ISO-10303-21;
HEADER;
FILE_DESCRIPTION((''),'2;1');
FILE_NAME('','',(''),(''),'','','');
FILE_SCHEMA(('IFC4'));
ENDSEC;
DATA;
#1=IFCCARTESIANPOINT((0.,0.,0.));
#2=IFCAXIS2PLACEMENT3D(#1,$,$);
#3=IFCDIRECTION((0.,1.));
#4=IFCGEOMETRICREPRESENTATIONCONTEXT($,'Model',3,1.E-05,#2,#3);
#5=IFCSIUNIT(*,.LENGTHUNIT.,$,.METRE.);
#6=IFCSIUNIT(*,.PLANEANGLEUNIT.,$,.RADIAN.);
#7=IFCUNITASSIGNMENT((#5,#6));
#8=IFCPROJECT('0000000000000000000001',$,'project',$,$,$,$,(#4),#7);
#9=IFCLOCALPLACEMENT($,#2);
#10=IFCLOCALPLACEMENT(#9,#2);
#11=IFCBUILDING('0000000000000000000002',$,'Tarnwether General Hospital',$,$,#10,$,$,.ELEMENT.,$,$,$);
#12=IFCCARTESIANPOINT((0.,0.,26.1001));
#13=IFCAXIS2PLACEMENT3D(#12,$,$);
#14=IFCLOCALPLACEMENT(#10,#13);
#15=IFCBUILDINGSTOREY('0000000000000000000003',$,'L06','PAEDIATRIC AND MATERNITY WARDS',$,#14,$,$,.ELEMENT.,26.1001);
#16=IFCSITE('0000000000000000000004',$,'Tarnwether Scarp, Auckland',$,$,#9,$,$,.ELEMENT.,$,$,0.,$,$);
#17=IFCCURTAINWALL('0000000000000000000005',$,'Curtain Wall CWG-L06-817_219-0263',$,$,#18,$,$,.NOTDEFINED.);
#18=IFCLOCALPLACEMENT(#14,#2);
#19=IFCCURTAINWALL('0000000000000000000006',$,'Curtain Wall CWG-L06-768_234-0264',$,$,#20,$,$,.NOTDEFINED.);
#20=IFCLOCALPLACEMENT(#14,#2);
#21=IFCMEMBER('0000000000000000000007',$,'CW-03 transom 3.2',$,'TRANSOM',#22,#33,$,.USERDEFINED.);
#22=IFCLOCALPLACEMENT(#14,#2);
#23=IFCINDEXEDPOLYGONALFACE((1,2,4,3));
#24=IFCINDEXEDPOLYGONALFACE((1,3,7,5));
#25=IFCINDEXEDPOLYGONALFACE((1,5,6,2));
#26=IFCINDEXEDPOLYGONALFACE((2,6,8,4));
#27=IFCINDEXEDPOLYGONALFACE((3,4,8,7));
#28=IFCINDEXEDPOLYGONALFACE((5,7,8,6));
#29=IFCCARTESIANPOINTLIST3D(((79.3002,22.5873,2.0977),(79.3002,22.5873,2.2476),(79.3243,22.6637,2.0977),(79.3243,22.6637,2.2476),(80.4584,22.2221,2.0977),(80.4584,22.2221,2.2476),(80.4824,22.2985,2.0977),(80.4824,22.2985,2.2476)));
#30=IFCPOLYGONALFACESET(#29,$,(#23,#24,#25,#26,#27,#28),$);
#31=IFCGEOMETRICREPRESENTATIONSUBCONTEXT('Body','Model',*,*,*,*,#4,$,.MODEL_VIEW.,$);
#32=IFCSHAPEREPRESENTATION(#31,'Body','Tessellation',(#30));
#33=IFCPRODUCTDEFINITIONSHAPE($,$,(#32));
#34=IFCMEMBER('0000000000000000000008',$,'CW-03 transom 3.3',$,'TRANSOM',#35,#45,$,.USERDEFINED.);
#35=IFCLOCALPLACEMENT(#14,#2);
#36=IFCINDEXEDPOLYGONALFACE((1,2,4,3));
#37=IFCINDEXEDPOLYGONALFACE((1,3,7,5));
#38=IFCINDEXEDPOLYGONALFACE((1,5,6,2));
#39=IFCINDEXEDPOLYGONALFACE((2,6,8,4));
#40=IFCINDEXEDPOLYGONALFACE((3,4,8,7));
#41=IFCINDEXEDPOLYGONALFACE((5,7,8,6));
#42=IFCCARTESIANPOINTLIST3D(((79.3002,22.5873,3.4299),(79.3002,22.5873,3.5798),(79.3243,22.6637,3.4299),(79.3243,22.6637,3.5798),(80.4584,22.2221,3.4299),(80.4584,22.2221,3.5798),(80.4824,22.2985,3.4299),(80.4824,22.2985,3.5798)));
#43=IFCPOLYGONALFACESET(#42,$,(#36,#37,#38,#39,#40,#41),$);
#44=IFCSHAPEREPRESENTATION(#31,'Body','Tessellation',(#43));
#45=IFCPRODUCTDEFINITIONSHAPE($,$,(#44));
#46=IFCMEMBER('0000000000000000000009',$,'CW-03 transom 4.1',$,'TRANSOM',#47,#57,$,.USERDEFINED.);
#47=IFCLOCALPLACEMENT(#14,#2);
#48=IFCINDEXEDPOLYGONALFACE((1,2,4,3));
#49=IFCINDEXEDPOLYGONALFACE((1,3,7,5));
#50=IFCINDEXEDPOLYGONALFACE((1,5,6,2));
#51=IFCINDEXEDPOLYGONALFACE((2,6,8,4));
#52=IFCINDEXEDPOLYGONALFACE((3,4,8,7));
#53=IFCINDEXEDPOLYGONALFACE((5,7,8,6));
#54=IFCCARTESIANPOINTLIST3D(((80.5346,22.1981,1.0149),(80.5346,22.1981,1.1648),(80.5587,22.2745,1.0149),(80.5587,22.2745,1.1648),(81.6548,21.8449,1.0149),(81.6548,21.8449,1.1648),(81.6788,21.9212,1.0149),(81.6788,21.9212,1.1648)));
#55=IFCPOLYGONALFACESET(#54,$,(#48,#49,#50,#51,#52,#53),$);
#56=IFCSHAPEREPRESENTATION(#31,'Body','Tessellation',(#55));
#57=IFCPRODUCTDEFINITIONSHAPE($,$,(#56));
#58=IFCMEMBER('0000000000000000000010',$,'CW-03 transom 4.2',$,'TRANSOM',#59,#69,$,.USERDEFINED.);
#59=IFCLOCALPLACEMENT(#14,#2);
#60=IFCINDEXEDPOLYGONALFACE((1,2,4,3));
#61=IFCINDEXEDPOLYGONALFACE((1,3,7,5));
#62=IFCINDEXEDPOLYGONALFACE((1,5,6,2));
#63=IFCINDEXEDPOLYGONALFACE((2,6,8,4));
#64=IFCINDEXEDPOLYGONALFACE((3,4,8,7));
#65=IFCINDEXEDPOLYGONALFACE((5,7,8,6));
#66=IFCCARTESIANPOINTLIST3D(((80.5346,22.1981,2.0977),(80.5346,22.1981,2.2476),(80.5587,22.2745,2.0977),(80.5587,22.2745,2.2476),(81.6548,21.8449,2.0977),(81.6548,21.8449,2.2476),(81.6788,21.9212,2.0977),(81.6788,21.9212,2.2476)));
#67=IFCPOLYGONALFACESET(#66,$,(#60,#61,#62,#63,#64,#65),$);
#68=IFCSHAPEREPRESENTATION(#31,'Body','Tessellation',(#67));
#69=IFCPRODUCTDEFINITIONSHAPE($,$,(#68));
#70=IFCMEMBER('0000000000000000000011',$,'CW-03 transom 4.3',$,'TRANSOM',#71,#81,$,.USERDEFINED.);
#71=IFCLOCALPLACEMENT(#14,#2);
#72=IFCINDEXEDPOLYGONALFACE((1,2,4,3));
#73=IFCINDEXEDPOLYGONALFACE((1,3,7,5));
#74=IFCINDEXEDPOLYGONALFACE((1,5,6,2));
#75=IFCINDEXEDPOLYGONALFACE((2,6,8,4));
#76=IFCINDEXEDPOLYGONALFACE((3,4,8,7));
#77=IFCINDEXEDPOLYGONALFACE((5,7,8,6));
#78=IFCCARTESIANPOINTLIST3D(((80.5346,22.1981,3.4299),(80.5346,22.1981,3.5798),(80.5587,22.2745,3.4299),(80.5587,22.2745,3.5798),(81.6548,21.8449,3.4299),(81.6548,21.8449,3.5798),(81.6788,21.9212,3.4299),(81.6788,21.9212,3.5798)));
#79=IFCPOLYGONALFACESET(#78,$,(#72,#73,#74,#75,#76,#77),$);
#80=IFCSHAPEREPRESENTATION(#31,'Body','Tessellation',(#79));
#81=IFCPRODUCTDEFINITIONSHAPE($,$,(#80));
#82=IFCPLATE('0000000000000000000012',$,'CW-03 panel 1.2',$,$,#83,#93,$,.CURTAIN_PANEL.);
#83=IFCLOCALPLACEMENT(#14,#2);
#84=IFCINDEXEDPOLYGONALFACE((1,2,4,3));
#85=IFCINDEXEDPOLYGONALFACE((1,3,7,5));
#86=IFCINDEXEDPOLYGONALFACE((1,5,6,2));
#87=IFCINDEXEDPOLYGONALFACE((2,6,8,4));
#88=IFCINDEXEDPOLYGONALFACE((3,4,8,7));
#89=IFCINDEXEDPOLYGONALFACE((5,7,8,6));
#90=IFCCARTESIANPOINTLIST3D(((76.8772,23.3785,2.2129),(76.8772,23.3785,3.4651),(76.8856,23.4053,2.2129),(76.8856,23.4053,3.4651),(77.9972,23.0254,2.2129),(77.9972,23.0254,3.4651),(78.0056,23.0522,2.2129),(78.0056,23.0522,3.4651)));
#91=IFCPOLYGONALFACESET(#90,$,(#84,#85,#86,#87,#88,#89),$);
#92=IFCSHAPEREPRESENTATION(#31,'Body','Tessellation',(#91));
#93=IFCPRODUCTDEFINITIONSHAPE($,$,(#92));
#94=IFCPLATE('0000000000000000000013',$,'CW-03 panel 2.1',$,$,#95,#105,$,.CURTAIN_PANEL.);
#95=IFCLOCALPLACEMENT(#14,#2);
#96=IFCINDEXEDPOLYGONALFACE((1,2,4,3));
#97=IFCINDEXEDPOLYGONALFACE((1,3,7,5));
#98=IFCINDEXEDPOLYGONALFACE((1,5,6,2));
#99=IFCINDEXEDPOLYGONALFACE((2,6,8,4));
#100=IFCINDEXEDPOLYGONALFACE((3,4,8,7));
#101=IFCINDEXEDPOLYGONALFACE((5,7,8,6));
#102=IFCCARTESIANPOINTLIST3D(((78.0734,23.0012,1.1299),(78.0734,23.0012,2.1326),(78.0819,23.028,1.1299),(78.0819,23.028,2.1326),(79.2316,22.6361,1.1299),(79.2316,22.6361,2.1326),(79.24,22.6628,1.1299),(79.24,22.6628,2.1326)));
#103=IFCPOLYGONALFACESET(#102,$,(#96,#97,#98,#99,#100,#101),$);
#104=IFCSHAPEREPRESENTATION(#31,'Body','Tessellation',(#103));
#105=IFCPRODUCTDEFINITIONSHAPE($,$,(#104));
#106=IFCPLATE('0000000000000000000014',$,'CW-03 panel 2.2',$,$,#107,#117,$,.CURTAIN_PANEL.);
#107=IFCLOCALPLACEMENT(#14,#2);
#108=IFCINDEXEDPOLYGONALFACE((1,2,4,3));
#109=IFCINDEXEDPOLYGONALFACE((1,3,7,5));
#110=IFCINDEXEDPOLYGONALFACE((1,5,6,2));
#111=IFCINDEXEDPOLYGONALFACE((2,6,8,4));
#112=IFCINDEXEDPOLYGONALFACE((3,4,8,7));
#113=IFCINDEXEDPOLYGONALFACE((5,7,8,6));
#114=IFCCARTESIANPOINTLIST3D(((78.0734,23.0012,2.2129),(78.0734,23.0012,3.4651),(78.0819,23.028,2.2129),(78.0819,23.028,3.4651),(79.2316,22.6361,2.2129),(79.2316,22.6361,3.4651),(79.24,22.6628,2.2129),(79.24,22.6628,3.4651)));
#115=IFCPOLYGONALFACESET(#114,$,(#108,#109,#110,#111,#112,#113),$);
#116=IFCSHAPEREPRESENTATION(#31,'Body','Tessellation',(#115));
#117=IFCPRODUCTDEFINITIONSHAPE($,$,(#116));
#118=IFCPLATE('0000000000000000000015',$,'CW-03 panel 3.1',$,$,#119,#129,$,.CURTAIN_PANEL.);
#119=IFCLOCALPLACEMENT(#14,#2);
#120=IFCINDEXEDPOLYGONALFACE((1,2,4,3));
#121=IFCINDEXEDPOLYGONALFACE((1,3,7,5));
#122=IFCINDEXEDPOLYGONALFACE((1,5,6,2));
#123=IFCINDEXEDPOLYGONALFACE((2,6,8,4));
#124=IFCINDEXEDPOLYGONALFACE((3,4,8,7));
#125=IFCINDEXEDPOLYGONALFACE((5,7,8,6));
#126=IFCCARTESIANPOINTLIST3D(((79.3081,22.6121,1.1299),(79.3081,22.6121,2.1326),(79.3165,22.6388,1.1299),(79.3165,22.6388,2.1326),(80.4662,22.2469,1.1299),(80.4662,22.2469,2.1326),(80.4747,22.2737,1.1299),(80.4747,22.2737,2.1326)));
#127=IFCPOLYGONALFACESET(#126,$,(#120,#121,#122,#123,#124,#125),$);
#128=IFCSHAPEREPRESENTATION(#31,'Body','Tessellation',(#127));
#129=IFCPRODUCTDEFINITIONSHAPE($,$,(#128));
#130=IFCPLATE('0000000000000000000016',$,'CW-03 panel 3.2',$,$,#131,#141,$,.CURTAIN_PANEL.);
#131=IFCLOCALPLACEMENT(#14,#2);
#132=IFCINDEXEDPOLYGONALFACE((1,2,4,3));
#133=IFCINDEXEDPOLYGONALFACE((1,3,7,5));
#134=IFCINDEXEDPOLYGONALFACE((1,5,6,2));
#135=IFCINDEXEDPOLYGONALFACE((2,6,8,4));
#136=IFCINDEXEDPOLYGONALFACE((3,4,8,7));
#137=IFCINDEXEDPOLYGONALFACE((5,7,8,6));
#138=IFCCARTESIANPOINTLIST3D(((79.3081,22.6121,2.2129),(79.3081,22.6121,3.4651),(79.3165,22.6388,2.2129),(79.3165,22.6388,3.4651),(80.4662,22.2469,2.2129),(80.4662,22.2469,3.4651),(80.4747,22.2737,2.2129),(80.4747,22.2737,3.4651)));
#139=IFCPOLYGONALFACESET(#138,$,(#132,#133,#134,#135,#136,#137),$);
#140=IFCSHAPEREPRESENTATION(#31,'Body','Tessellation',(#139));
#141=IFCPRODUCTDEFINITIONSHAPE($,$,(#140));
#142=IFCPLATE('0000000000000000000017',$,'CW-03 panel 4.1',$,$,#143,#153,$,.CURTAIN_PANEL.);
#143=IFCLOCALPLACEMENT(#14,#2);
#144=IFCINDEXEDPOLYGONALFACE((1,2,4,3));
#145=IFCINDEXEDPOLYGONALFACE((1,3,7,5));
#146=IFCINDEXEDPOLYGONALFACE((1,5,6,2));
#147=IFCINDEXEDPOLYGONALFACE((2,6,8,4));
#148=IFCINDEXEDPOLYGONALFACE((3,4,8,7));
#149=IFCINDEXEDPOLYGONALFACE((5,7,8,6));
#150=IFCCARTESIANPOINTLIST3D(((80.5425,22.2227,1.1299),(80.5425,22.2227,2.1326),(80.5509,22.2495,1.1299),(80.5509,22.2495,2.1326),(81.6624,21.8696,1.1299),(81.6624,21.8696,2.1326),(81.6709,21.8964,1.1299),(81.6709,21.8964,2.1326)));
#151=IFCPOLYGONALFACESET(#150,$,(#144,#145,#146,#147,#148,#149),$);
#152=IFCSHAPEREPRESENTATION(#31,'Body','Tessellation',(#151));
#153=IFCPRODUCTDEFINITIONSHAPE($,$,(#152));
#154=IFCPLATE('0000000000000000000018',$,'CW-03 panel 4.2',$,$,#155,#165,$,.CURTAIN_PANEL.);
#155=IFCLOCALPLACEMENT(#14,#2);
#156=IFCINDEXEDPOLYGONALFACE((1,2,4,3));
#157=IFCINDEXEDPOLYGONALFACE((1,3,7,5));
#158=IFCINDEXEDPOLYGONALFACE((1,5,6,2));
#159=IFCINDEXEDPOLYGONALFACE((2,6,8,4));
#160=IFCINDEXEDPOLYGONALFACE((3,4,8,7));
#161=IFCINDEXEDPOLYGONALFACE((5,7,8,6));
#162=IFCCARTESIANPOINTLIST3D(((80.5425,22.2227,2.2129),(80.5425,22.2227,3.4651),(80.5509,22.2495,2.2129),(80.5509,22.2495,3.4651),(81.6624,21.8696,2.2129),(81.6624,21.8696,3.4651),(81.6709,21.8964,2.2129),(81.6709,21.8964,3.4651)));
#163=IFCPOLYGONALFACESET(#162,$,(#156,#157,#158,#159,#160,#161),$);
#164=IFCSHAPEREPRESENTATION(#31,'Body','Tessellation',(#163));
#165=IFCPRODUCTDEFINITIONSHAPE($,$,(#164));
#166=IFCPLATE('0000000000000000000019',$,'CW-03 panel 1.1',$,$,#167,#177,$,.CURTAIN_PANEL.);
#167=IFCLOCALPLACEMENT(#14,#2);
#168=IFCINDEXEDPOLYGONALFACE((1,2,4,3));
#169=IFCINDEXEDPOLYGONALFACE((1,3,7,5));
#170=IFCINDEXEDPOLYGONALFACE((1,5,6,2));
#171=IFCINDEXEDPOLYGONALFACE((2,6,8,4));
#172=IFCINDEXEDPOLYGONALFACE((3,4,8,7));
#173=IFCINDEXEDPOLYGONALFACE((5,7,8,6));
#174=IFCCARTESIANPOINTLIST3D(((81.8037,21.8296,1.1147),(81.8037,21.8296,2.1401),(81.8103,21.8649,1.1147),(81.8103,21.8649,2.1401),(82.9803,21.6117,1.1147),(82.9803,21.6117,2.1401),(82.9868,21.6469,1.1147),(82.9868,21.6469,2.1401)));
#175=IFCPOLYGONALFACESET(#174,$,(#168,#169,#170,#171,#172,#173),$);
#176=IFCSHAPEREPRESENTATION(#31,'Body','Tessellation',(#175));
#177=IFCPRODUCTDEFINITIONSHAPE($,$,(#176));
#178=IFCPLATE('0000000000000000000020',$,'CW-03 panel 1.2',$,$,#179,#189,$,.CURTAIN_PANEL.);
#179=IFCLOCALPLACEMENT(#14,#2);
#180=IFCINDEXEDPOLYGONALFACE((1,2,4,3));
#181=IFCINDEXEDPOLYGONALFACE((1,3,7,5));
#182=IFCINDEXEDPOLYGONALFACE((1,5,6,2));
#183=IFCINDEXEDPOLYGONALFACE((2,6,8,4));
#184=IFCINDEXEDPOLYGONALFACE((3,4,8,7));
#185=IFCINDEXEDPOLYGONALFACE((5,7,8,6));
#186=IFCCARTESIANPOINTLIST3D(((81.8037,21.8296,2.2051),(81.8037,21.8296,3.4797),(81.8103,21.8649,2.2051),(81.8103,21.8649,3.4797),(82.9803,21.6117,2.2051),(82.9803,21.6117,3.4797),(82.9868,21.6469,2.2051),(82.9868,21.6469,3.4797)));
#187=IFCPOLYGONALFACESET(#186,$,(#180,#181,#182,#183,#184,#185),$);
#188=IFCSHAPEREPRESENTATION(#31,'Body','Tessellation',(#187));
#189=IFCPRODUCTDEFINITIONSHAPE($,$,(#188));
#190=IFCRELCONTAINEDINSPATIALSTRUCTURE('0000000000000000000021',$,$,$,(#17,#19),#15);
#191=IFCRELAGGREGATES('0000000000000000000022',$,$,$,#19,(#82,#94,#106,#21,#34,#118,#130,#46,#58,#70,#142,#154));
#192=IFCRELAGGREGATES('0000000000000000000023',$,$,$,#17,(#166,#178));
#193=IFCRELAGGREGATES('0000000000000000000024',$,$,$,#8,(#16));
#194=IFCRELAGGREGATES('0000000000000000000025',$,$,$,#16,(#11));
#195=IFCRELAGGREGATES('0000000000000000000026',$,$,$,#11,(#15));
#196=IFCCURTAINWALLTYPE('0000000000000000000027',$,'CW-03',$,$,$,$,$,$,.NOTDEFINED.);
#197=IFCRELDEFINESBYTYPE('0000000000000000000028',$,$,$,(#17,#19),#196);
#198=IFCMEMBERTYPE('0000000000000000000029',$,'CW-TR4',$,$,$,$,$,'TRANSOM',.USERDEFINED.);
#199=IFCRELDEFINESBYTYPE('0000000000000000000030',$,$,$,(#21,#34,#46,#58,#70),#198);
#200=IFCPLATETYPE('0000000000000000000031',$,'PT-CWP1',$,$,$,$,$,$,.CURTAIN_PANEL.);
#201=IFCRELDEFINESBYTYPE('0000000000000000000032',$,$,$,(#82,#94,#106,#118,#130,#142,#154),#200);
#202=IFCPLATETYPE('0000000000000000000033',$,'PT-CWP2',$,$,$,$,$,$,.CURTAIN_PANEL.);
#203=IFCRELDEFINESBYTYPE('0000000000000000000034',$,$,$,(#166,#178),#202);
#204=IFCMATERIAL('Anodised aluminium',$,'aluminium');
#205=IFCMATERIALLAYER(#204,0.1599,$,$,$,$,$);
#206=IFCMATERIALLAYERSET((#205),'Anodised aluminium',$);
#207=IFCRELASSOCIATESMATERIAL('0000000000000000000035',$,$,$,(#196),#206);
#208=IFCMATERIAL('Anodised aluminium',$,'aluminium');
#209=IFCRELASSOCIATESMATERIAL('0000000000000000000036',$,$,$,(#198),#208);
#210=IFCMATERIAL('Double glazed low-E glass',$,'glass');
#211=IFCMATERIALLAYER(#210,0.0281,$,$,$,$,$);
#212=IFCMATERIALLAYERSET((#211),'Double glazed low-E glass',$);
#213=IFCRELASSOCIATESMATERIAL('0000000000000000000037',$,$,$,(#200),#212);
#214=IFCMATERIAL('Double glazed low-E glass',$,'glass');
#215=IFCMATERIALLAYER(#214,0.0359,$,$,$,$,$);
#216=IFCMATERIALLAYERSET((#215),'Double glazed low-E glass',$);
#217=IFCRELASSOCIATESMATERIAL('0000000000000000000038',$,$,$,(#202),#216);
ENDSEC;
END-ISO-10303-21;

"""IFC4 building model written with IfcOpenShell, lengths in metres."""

from ifc_helpers import new_model, si_unit, direction, frame, origin, origin_2d, place, context, subcontext, project, spatial, rectangle, extrude, material, layer, layer_set, material_profile, profile_set, type_object, element, aggregate, save


model = new_model("IFC4")

# Units and contexts
model_context = context("Model", 3, precision=1e-05, world=origin(), true_north=direction((0.0, 1.0)))
body_context = subcontext(model_context, "Body", "Model", "MODEL_VIEW")
ifc_project = project(units=[si_unit("LENGTHUNIT", "METRE"), si_unit("PLANEANGLEUNIT", "RADIAN")], contexts=[model_context])

# Site, building, storey
site_placement = place(None, origin())
site = spatial("IfcSite", under=ifc_project, at=site_placement, Name="Tarnwether Scarp, Auckland", CompositionType="ELEMENT", RefElevation=0.0)
building_placement = place(site_placement, origin())
building = spatial("IfcBuilding", under=site, at=building_placement, Name="Tarnwether General Hospital", CompositionType="ELEMENT")
storey_placement = place(building_placement, frame((0.0, 0.0, 26.1001)))
storey = spatial("IfcBuildingStorey", under=building, at=storey_placement, Name="L06", Description="PAEDIATRIC AND MATERNITY WARDS", CompositionType="ELEMENT", Elevation=26.1001)

# Curtain walls
ifc_material_1 = material(Name="Anodised aluminium", Category="aluminium")
ifc_layer_1 = layer(ifc_material_1, 0.1599)
ifc_layer_set_1 = layer_set([ifc_layer_1], Name="Anodised aluminium")
curtain_wall_type = type_object("IfcCurtainWallType", Name="CW-03", PredefinedType="NOTDEFINED", material=ifc_layer_set_1)
curtain_wall_1_placement = place(storey_placement, origin())
curtain_wall_1 = element("IfcCurtainWall", 1, at=curtain_wall_1_placement, inside=storey, type_object=curtain_wall_type, Name="Curtain Wall CWG-L06-817_219-0263", PredefinedType="NOTDEFINED")
curtain_wall_2_placement = place(storey_placement, origin())
curtain_wall_2 = element("IfcCurtainWall", 2, at=curtain_wall_2_placement, inside=storey, type_object=curtain_wall_type, Name="Curtain Wall CWG-L06-768_234-0264", PredefinedType="NOTDEFINED")

# Members
ifc_material_2 = material(Name="Anodised aluminium", Category="aluminium")
ifc_material_profile_1 = material_profile(ifc_material_2, rectangle(XDim=0.0801, YDim=0.1499, at=origin_2d()), Name="ALU-TRN-80x150")
ifc_profile_set_1 = profile_set([ifc_material_profile_1], Name="Anodised aluminium")
member_type_1 = type_object("IfcMemberType", Name="CW-TR4", ElementType="TRANSOM", PredefinedType="USERDEFINED", material=ifc_profile_set_1)
member_1_placement = place(storey_placement, frame((79.3123, 22.6255, 2.1726), z_axis=(0.953704, -0.300746, 0.0), x_axis=(0.300746, 0.953704, 0.0)))
member_1 = element("IfcMember", 3, at=member_1_placement, type_object=member_type_1, Name="CW-03 transom 3.2", ObjectType="TRANSOM", PredefinedType="USERDEFINED", context=body_context, shape_type="SweptSolid", body=[
    extrude(rectangle(XDim=0.0801, YDim=0.1499, at=origin_2d()), origin(), (0.0, 0.0, 1.0), 1.2144),
])
member_2_placement = place(storey_placement, frame((79.3123, 22.6255, 3.5049), z_axis=(0.953704, -0.300746, 0.0), x_axis=(0.300746, 0.953704, 0.0)))
member_2 = element("IfcMember", 4, at=member_2_placement, type_object=member_type_1, Name="CW-03 transom 3.3", ObjectType="TRANSOM", PredefinedType="USERDEFINED", context=body_context, shape_type="SweptSolid", body=[
    extrude(rectangle(XDim=0.0801, YDim=0.1499, at=origin_2d()), origin(), (0.0, 0.0, 1.0), 1.2144),
])
member_3_placement = place(storey_placement, frame((80.5466, 22.2363, 1.0898), z_axis=(0.953693, -0.300783, 0.0), x_axis=(0.300783, 0.953693, 0.0)))
member_3 = element("IfcMember", 5, at=member_3_placement, type_object=member_type_1, Name="CW-03 transom 4.1", ObjectType="TRANSOM", PredefinedType="USERDEFINED", context=body_context, shape_type="SweptSolid", body=[
    extrude(rectangle(XDim=0.0801, YDim=0.1499, at=origin_2d()), origin(), (0.0, 0.0, 1.0), 1.1746),
])
member_4_placement = place(storey_placement, frame((80.5466, 22.2363, 2.1726), z_axis=(0.953693, -0.300783, 0.0), x_axis=(0.300783, 0.953693, 0.0)))
member_4 = element("IfcMember", 6, at=member_4_placement, type_object=member_type_1, Name="CW-03 transom 4.2", ObjectType="TRANSOM", PredefinedType="USERDEFINED", context=body_context, shape_type="SweptSolid", body=[
    extrude(rectangle(XDim=0.0801, YDim=0.1499, at=origin_2d()), origin(), (0.0, 0.0, 1.0), 1.1746),
])
member_5_placement = place(storey_placement, frame((80.5466, 22.2363, 3.5049), z_axis=(0.953693, -0.300783, 0.0), x_axis=(0.300783, 0.953693, 0.0)))
member_5 = element("IfcMember", 7, at=member_5_placement, type_object=member_type_1, Name="CW-03 transom 4.3", ObjectType="TRANSOM", PredefinedType="USERDEFINED", context=body_context, shape_type="SweptSolid", body=[
    extrude(rectangle(XDim=0.0801, YDim=0.1499, at=origin_2d()), origin(), (0.0, 0.0, 1.0), 1.1746),
])

# Plates
ifc_material_3 = material(Name="Double glazed low-E glass", Category="glass")
ifc_layer_2 = layer(ifc_material_3, 0.0281)
ifc_layer_set_2 = layer_set([ifc_layer_2], Name="Double glazed low-E glass")
plate_type_1 = type_object("IfcPlateType", Name="PT-CWP1", PredefinedType="CURTAIN_PANEL", material=ifc_layer_set_2)
plate_1_placement = place(storey_placement, frame((77.4414, 23.2153, 2.2129), z_axis=(0.0, 0.0, 1.0), x_axis=(0.953714, -0.300715, 0.0)))
plate_1 = element("IfcPlate", 8, at=plate_1_placement, type_object=plate_type_1, Name="CW-03 panel 1.2", PredefinedType="CURTAIN_PANEL", context=body_context, shape_type="SweptSolid", body=[
    extrude(rectangle(XDim=1.1743, YDim=0.0281, at=origin_2d()), origin(), (0.0, 0.0, 1.0), 1.2522),
])
plate_2_placement = place(storey_placement, frame((78.6567, 22.832, 1.1299), z_axis=(0.0, 0.0, 1.0), x_axis=(0.953714, -0.300715, 0.0)))
plate_2 = element("IfcPlate", 9, at=plate_2_placement, type_object=plate_type_1, Name="CW-03 panel 2.1", PredefinedType="CURTAIN_PANEL", context=body_context, shape_type="SweptSolid", body=[
    extrude(rectangle(XDim=1.2144, YDim=0.0281, at=origin_2d()), origin(), (0.0, 0.0, 1.0), 1.0027),
])
plate_3_placement = place(storey_placement, frame((78.6567, 22.832, 2.2129), z_axis=(0.0, 0.0, 1.0), x_axis=(0.953714, -0.300715, 0.0)))
plate_3 = element("IfcPlate", 10, at=plate_3_placement, type_object=plate_type_1, Name="CW-03 panel 2.2", PredefinedType="CURTAIN_PANEL", context=body_context, shape_type="SweptSolid", body=[
    extrude(rectangle(XDim=1.2144, YDim=0.0281, at=origin_2d()), origin(), (0.0, 0.0, 1.0), 1.2522),
])
plate_4_placement = place(storey_placement, frame((79.8914, 22.4429, 1.1299), z_axis=(0.0, 0.0, 1.0), x_axis=(0.953714, -0.300715, 0.0)))
plate_4 = element("IfcPlate", 11, at=plate_4_placement, type_object=plate_type_1, Name="CW-03 panel 3.1", PredefinedType="CURTAIN_PANEL", context=body_context, shape_type="SweptSolid", body=[
    extrude(rectangle(XDim=1.2144, YDim=0.0281, at=origin_2d()), origin(), (0.0, 0.0, 1.0), 1.0027),
])
plate_5_placement = place(storey_placement, frame((79.8914, 22.4429, 2.2129), z_axis=(0.0, 0.0, 1.0), x_axis=(0.953714, -0.300715, 0.0)))
plate_5 = element("IfcPlate", 12, at=plate_5_placement, type_object=plate_type_1, Name="CW-03 panel 3.2", PredefinedType="CURTAIN_PANEL", context=body_context, shape_type="SweptSolid", body=[
    extrude(rectangle(XDim=1.2144, YDim=0.0281, at=origin_2d()), origin(), (0.0, 0.0, 1.0), 1.2522),
])
plate_6_placement = place(storey_placement, frame((81.1067, 22.0596, 1.1299), z_axis=(0.0, 0.0, 1.0), x_axis=(0.953714, -0.300715, 0.0)))
plate_6 = element("IfcPlate", 13, at=plate_6_placement, type_object=plate_type_1, Name="CW-03 panel 4.1", PredefinedType="CURTAIN_PANEL", context=body_context, shape_type="SweptSolid", body=[
    extrude(rectangle(XDim=1.1743, YDim=0.0281, at=origin_2d()), origin(), (0.0, 0.0, 1.0), 1.0027),
])
plate_7_placement = place(storey_placement, frame((81.1067, 22.0596, 2.2129), z_axis=(0.0, 0.0, 1.0), x_axis=(0.953714, -0.300715, 0.0)))
plate_7 = element("IfcPlate", 14, at=plate_7_placement, type_object=plate_type_1, Name="CW-03 panel 4.2", PredefinedType="CURTAIN_PANEL", context=body_context, shape_type="SweptSolid", body=[
    extrude(rectangle(XDim=1.1743, YDim=0.0281, at=origin_2d()), origin(), (0.0, 0.0, 1.0), 1.2522),
])
aggregate(curtain_wall_2, [plate_1, plate_2, plate_3, member_1, member_2, plate_4, plate_5, member_3, member_4, member_5, plate_6, plate_7])
ifc_material_4 = material(Name="Double glazed low-E glass", Category="glass")
ifc_layer_3 = layer(ifc_material_4, 0.0359)
ifc_layer_set_3 = layer_set([ifc_layer_3], Name="Double glazed low-E glass")
plate_type_2 = type_object("IfcPlateType", Name="PT-CWP2", PredefinedType="CURTAIN_PANEL", material=ifc_layer_set_3)
plate_8_placement = place(storey_placement, frame((82.3953, 21.7383, 1.1147), z_axis=(0.0, 0.0, 1.0), x_axis=(0.983268, -0.182165, 0.0)))
plate_8 = element("IfcPlate", 15, at=plate_8_placement, type_object=plate_type_2, Name="CW-03 panel 1.1", PredefinedType="CURTAIN_PANEL", context=body_context, shape_type="SweptSolid", body=[
    extrude(rectangle(XDim=1.1965, YDim=0.0359, at=origin_2d()), origin(), (0.0, 0.0, 1.0), 1.0254),
])
plate_9_placement = place(storey_placement, frame((82.3953, 21.7383, 2.2051), z_axis=(0.0, 0.0, 1.0), x_axis=(0.983268, -0.182165, 0.0)))
plate_9 = element("IfcPlate", 16, at=plate_9_placement, type_object=plate_type_2, Name="CW-03 panel 1.2", PredefinedType="CURTAIN_PANEL", context=body_context, shape_type="SweptSolid", body=[
    extrude(rectangle(XDim=1.1965, YDim=0.0359, at=origin_2d()), origin(), (0.0, 0.0, 1.0), 1.2747),
])
aggregate(curtain_wall_1, [plate_8, plate_9])

save(model, "model.ifc")
